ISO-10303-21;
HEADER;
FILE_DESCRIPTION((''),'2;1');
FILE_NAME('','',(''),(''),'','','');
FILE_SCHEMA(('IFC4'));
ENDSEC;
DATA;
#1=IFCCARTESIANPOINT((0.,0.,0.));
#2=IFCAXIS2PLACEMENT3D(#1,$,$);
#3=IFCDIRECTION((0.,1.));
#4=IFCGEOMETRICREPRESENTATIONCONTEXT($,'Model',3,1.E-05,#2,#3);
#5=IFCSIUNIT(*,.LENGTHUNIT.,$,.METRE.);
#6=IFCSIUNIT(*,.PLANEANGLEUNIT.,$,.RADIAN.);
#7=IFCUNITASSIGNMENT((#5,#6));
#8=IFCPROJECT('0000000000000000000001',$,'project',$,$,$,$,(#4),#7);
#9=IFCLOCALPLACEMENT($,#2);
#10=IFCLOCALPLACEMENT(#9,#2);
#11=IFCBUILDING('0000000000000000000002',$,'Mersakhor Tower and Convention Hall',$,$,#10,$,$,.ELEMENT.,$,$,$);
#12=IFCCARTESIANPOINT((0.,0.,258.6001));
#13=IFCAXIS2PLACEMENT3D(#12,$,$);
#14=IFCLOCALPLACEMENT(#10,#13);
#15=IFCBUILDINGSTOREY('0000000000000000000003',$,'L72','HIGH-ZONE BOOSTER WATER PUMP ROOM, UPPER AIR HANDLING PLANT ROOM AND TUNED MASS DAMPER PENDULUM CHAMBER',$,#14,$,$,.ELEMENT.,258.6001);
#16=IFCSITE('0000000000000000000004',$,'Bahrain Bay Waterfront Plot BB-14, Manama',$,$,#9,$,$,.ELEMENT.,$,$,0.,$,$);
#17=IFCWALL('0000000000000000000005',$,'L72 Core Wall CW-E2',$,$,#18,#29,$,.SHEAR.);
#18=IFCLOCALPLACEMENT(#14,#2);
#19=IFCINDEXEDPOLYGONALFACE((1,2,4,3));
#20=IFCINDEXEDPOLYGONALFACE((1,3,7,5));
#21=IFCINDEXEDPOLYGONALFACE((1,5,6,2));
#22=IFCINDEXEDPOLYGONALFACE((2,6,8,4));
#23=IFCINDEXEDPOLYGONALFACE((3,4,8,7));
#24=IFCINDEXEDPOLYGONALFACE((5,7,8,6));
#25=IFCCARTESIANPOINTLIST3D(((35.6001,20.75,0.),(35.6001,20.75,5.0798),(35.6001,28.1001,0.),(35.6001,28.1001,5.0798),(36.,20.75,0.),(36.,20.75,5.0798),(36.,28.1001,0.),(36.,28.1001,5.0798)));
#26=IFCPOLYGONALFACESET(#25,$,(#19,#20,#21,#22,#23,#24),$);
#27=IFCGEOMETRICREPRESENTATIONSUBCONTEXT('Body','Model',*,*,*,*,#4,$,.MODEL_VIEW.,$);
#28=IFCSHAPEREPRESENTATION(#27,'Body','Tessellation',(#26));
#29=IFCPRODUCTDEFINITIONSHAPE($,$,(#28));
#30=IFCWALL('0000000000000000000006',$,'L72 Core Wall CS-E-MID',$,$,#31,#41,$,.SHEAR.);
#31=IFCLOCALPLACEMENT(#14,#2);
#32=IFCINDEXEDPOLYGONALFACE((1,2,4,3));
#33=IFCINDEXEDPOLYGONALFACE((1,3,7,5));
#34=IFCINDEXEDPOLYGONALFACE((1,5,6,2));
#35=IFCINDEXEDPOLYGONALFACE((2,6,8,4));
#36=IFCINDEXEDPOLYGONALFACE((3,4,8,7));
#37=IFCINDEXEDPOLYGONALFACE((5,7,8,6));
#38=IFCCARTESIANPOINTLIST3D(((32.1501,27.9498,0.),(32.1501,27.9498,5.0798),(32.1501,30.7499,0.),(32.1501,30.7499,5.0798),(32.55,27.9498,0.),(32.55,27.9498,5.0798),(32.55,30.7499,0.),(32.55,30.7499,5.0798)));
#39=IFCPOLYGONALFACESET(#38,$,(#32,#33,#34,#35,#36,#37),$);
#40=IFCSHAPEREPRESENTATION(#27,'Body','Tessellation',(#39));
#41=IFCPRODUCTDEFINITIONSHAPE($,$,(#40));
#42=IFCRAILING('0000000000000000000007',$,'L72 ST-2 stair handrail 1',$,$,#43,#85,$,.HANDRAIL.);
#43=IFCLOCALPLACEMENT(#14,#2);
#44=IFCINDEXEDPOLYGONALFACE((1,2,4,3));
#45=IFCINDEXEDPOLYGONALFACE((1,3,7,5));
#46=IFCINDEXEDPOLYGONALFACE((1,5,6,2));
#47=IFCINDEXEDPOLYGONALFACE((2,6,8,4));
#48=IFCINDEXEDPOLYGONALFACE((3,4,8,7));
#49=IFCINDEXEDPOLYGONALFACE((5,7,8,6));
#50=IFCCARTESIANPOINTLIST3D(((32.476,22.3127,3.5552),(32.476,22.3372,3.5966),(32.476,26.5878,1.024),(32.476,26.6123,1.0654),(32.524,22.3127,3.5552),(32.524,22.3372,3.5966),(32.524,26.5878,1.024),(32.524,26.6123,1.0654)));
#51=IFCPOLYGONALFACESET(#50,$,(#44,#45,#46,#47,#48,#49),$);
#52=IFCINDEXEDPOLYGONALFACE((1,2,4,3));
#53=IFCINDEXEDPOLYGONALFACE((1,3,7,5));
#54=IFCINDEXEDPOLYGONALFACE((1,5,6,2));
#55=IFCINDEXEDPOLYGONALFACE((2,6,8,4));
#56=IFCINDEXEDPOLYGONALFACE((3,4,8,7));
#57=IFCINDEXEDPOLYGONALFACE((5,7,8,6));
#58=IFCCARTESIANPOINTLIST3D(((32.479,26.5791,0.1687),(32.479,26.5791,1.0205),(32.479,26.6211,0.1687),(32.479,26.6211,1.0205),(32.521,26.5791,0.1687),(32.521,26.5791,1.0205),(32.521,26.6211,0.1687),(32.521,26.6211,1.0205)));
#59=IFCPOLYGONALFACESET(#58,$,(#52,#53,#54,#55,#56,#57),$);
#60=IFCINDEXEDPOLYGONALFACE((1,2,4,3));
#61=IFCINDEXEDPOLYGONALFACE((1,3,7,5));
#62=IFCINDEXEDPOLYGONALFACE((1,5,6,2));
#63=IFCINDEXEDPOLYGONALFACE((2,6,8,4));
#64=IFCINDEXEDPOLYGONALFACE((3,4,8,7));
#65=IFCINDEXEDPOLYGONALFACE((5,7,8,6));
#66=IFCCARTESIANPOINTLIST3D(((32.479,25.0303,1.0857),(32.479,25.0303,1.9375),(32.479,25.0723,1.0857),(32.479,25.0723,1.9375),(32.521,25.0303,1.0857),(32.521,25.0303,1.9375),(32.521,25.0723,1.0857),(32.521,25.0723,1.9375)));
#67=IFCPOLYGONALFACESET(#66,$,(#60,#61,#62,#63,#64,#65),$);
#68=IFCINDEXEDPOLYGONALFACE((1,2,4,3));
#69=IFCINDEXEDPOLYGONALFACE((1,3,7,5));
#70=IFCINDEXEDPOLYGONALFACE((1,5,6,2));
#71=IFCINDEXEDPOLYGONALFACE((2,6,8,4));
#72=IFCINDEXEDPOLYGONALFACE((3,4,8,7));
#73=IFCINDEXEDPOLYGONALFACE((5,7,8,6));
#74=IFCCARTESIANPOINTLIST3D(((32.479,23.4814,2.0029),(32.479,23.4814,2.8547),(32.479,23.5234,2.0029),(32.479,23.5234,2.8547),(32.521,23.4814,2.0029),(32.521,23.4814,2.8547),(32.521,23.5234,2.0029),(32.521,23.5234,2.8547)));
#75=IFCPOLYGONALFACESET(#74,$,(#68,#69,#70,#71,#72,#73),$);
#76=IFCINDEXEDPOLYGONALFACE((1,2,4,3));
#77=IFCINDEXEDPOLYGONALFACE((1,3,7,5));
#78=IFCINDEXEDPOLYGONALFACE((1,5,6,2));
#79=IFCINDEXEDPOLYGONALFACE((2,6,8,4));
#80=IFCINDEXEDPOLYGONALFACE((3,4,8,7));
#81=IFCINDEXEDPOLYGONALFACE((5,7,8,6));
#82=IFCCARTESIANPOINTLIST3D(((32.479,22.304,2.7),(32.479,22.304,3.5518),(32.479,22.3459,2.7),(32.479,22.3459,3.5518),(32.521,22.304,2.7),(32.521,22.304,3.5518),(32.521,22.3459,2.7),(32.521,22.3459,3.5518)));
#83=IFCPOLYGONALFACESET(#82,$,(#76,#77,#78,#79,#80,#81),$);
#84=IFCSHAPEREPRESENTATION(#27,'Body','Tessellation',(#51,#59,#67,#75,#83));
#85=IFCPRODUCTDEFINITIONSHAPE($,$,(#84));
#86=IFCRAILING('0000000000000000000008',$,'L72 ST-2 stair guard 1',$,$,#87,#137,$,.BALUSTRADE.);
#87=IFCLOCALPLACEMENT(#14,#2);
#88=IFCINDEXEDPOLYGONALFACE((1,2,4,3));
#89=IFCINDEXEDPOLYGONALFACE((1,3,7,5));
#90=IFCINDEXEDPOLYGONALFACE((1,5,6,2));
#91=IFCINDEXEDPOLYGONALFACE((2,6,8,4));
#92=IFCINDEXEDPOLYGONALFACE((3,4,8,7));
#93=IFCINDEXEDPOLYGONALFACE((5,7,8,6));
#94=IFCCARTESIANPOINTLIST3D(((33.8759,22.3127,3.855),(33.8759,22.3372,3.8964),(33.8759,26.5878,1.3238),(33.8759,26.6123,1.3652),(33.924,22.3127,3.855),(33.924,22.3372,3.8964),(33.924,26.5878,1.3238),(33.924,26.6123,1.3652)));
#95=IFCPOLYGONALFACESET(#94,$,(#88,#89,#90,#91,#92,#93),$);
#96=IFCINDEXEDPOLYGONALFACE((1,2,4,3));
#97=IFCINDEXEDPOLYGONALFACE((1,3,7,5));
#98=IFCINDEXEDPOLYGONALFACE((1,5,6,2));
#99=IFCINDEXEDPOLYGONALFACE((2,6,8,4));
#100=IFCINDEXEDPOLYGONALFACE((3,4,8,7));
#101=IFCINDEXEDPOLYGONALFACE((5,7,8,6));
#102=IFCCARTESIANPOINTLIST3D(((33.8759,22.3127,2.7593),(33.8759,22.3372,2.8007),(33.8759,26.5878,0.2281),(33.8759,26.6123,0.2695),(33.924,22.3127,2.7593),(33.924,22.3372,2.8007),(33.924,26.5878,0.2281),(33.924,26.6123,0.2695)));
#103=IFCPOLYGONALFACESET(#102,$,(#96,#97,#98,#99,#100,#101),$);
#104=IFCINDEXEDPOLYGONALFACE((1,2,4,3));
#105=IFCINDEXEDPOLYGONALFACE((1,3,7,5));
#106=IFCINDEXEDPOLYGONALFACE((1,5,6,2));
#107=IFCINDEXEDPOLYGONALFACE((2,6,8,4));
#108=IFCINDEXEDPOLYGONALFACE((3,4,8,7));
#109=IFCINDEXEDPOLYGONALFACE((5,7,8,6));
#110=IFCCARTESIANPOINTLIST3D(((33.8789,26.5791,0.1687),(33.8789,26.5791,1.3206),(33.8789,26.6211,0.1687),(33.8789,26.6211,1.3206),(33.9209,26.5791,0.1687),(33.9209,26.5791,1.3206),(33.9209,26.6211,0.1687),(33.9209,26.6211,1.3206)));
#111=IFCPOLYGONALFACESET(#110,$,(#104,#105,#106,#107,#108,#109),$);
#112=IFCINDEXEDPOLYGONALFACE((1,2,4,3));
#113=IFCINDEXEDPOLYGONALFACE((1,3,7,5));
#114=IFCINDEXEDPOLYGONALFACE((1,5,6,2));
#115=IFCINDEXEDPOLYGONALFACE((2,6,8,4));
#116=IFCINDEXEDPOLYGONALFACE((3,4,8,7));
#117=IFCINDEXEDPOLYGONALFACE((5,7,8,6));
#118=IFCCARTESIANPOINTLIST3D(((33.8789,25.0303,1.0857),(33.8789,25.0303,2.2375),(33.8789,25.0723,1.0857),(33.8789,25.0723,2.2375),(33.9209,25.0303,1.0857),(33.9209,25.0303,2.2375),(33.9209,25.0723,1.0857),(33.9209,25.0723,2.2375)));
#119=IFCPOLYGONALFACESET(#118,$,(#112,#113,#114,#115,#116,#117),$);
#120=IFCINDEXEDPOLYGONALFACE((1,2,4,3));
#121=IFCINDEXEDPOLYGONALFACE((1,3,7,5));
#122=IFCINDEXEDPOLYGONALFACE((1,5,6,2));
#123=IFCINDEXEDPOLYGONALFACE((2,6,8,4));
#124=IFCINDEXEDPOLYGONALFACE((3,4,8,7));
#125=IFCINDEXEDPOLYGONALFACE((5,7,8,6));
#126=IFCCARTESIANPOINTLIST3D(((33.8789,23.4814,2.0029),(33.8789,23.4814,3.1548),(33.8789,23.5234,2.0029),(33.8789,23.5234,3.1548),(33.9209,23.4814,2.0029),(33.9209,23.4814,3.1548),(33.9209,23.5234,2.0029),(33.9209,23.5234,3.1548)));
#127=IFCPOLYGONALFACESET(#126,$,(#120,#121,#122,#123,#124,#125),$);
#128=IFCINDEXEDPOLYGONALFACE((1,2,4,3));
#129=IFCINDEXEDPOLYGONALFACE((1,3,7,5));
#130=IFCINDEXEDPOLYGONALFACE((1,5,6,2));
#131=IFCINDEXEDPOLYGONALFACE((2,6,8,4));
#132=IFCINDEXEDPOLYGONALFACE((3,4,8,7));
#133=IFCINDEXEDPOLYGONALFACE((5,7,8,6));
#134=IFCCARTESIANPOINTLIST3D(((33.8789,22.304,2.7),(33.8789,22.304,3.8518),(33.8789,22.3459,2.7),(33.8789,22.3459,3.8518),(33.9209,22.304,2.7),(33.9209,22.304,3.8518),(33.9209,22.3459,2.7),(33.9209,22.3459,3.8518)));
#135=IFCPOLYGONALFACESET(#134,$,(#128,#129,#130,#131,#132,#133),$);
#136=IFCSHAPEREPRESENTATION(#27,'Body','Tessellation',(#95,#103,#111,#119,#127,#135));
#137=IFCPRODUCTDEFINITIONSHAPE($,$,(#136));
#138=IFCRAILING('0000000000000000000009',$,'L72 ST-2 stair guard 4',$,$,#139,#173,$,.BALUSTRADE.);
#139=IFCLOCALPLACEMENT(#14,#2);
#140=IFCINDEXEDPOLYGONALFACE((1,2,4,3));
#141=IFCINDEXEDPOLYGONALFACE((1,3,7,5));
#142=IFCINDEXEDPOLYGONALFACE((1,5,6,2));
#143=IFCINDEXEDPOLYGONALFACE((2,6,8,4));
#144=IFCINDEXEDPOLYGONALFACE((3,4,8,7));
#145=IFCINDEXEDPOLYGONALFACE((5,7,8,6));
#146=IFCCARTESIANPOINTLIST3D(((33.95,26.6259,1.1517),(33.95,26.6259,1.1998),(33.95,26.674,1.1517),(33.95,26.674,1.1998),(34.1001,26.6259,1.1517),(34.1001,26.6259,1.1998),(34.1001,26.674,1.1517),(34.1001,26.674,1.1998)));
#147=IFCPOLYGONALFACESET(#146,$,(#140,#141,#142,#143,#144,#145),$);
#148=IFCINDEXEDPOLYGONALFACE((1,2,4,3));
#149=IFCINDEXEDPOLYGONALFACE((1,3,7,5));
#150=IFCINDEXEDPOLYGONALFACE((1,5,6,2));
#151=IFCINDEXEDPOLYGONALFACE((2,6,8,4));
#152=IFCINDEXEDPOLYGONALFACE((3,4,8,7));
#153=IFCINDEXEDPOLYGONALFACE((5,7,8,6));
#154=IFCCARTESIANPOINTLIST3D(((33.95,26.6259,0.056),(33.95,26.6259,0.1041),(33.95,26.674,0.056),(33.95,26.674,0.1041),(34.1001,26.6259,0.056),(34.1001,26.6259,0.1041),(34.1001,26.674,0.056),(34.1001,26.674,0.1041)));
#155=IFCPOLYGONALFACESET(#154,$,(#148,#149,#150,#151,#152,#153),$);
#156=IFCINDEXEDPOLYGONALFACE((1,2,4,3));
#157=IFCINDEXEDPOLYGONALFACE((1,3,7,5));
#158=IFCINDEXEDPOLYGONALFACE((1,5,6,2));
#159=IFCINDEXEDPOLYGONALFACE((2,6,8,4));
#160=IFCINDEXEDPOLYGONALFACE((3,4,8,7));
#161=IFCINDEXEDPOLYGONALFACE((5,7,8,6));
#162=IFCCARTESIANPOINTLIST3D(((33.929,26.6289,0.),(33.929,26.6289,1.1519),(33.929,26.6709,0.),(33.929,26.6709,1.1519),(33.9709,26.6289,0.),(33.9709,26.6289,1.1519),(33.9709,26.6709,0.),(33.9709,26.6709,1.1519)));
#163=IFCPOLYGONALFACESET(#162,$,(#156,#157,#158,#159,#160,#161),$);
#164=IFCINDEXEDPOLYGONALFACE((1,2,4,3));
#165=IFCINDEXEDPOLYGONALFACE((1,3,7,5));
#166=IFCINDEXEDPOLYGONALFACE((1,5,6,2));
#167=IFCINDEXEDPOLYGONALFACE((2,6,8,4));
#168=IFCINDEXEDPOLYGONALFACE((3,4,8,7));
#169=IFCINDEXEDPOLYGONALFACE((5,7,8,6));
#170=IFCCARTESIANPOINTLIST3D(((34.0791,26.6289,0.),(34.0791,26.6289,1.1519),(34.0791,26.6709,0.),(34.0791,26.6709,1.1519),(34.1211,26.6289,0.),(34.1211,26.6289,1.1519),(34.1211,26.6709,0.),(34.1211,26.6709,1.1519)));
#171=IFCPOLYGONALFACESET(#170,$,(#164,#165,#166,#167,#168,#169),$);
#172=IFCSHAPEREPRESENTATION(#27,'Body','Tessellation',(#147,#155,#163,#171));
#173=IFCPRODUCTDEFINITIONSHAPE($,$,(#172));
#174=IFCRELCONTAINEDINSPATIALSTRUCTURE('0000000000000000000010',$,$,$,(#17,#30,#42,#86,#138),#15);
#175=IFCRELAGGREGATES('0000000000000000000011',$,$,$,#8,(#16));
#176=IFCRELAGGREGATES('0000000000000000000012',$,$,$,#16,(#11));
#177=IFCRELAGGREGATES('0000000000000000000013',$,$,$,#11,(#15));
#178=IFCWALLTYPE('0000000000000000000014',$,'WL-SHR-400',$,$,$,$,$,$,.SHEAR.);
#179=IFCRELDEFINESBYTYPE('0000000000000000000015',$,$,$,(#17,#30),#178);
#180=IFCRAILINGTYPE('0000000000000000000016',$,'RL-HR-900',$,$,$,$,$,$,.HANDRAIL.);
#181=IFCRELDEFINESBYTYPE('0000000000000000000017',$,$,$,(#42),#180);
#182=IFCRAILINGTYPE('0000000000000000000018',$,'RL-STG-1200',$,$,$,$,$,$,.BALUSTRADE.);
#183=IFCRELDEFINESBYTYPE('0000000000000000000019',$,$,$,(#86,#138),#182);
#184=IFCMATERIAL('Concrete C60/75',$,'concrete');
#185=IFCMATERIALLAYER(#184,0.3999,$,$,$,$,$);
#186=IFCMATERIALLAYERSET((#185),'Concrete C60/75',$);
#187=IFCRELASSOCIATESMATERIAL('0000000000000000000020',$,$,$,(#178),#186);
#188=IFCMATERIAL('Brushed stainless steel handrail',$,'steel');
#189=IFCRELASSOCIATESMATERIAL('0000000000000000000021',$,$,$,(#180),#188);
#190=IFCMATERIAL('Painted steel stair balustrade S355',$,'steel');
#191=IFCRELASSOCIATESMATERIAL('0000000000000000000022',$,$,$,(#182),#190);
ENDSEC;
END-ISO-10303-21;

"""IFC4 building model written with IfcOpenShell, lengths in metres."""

from ifc_helpers import new_model, si_unit, direction, frame, frame_2d, origin, origin_2d, place, context, subcontext, project, spatial, rectangle, extrude, material, layer, layer_set, type_object, element, save


model = new_model("IFC4")

# Units and contexts
model_context = context("Model", 3, precision=1e-05, world=origin(), true_north=direction((0.0, 1.0)))
body_context = subcontext(model_context, "Body", "Model", "MODEL_VIEW")
ifc_project = project(units=[si_unit("LENGTHUNIT", "METRE"), si_unit("PLANEANGLEUNIT", "RADIAN")], contexts=[model_context])

# Site, building, storey
site_placement = place(None, origin())
site = spatial("IfcSite", under=ifc_project, at=site_placement, Name="Bahrain Bay Waterfront Plot BB-14, Manama", CompositionType="ELEMENT", RefElevation=0.0)
building_placement = place(site_placement, origin())
building = spatial("IfcBuilding", under=site, at=building_placement, Name="Mersakhor Tower and Convention Hall", CompositionType="ELEMENT")
storey_placement = place(building_placement, frame((0.0, 0.0, 258.6001)))
storey = spatial("IfcBuildingStorey", under=building, at=storey_placement, Name="L72", Description="HIGH-ZONE BOOSTER WATER PUMP ROOM, UPPER AIR HANDLING PLANT ROOM AND TUNED MASS DAMPER PENDULUM CHAMBER", CompositionType="ELEMENT", Elevation=258.6001)

# Walls
ifc_material_1 = material(Name="Concrete C60/75", Category="concrete")
ifc_layer_1 = layer(ifc_material_1, 0.3999)
ifc_layer_set_1 = layer_set([ifc_layer_1], Name="Concrete C60/75")
wall_type_1 = type_object("IfcWallType", Name="WL-SHR-400", PredefinedType="SHEAR", material=ifc_layer_set_1)
wall_1_placement = place(storey_placement, frame((35.8, 28.1001, 0.0), z_axis=(0.0, 0.0, 1.0), x_axis=(0.0, -1.0, 0.0)))
element("IfcWall", 1, at=wall_1_placement, inside=storey, type_object=wall_type_1, Name="L72 Core Wall CW-E2", PredefinedType="SHEAR", context=body_context, shape_type="SweptSolid", body=[
    extrude(rectangle(XDim=7.3501, YDim=0.3999, at=frame_2d((3.675, 0.0))), origin(), (0.0, 0.0, 1.0), 5.0798),
])
wall_2_placement = place(storey_placement, frame((32.3501, 27.95, 0.0), z_axis=(0.0, 0.0, 1.0), x_axis=(0.0, 1.0, 0.0)))
element("IfcWall", 2, at=wall_2_placement, inside=storey, type_object=wall_type_1, Name="L72 Core Wall CS-E-MID", PredefinedType="SHEAR", context=body_context, shape_type="SweptSolid", body=[
    extrude(rectangle(XDim=2.8, YDim=0.3999, at=frame_2d((1.3999, 0.0))), origin(), (0.0, 0.0, 1.0), 5.0798),
])

# Railings
ifc_material_2 = material(Name="Brushed stainless steel handrail", Category="steel")
railing_type_1 = type_object("IfcRailingType", Name="RL-HR-900", PredefinedType="HANDRAIL", material=ifc_material_2)
railing_1_placement = place(storey_placement, frame((32.5, 26.6001, 0.1687)))
element("IfcRailing", 3, at=railing_1_placement, inside=storey, type_object=railing_type_1, Name="L72 ST-2 stair handrail 1", PredefinedType="HANDRAIL", context=body_context, shape_type="SweptSolid", body=[
    extrude(rectangle(XDim=0.0481, YDim=0.0481, at=origin_2d()), frame((0.0, 0.0, 0.876), z_axis=(0.0, -0.860483, 0.509479), x_axis=(1.0, 0.0, 0.0)), (0.0, 0.0, 1.0), 4.9683),
    extrude(rectangle(XDim=0.042, YDim=0.042, at=origin_2d()), origin(), (0.0, 0.0, 1.0), 0.8518),
    extrude(rectangle(XDim=0.042, YDim=0.042, at=origin_2d()), frame((0.0, -1.5488, 0.917)), (0.0, 0.0, 1.0), 0.8518),
    extrude(rectangle(XDim=0.042, YDim=0.042, at=origin_2d()), frame((0.0, -3.0977, 1.8342)), (0.0, 0.0, 1.0), 0.8518),
    extrude(rectangle(XDim=0.042, YDim=0.042, at=origin_2d()), frame((0.0, -4.2751, 2.5312)), (0.0, 0.0, 1.0), 0.8518),
])
ifc_material_3 = material(Name="Painted steel stair balustrade S355", Category="steel")
railing_type_2 = type_object("IfcRailingType", Name="RL-STG-1200", PredefinedType="BALUSTRADE", material=ifc_material_3)
railing_2_placement = place(storey_placement, frame((33.8999, 26.6001, 0.1687)))
element("IfcRailing", 4, at=railing_2_placement, inside=storey, type_object=railing_type_2, Name="L72 ST-2 stair guard 1", PredefinedType="BALUSTRADE", context=body_context, shape_type="SweptSolid", body=[
    extrude(rectangle(XDim=0.0481, YDim=0.0481, at=origin_2d()), frame((0.0, 0.0, 1.1758), z_axis=(0.0, -0.860483, 0.509479), x_axis=(1.0, 0.0, 0.0)), (0.0, 0.0, 1.0), 4.9683),
    extrude(rectangle(XDim=0.0481, YDim=0.0481, at=origin_2d()), frame((0.0, 0.0, 0.0801), z_axis=(0.0, -0.860483, 0.509479), x_axis=(1.0, 0.0, 0.0)), (0.0, 0.0, 1.0), 4.9683),
    extrude(rectangle(XDim=0.042, YDim=0.042, at=origin_2d()), origin(), (0.0, 0.0, 1.0), 1.1519),
    extrude(rectangle(XDim=0.042, YDim=0.042, at=origin_2d()), frame((0.0, -1.5488, 0.917)), (0.0, 0.0, 1.0), 1.1519),
    extrude(rectangle(XDim=0.042, YDim=0.042, at=origin_2d()), frame((0.0, -3.0977, 1.8342)), (0.0, 0.0, 1.0), 1.1519),
    extrude(rectangle(XDim=0.042, YDim=0.042, at=origin_2d()), frame((0.0, -4.2751, 2.5312)), (0.0, 0.0, 1.0), 1.1519),
])
railing_3_placement = place(storey_placement, frame((33.95, 26.6499, 0.0)))
element("IfcRailing", 5, at=railing_3_placement, inside=storey, type_object=railing_type_2, Name="L72 ST-2 stair guard 4", PredefinedType="BALUSTRADE", context=body_context, shape_type="SweptSolid", body=[
    extrude(rectangle(XDim=0.0481, YDim=0.0481, at=origin_2d()), frame((0.0, 0.0, 1.1758), z_axis=(1.0, 0.0, 0.0), x_axis=(0.0, 1.0, 0.0)), (0.0, 0.0, 1.0), 0.1501),
    extrude(rectangle(XDim=0.0481, YDim=0.0481, at=origin_2d()), frame((0.0, 0.0, 0.0801), z_axis=(1.0, 0.0, 0.0), x_axis=(0.0, 1.0, 0.0)), (0.0, 0.0, 1.0), 0.1501),
    extrude(rectangle(XDim=0.042, YDim=0.042, at=origin_2d()), origin(), (0.0, 0.0, 1.0), 1.1519),
    extrude(rectangle(XDim=0.042, YDim=0.042, at=origin_2d()), frame((0.1501, 0.0, 0.0)), (0.0, 0.0, 1.0), 1.1519),
])

save(model, "model.ifc")
